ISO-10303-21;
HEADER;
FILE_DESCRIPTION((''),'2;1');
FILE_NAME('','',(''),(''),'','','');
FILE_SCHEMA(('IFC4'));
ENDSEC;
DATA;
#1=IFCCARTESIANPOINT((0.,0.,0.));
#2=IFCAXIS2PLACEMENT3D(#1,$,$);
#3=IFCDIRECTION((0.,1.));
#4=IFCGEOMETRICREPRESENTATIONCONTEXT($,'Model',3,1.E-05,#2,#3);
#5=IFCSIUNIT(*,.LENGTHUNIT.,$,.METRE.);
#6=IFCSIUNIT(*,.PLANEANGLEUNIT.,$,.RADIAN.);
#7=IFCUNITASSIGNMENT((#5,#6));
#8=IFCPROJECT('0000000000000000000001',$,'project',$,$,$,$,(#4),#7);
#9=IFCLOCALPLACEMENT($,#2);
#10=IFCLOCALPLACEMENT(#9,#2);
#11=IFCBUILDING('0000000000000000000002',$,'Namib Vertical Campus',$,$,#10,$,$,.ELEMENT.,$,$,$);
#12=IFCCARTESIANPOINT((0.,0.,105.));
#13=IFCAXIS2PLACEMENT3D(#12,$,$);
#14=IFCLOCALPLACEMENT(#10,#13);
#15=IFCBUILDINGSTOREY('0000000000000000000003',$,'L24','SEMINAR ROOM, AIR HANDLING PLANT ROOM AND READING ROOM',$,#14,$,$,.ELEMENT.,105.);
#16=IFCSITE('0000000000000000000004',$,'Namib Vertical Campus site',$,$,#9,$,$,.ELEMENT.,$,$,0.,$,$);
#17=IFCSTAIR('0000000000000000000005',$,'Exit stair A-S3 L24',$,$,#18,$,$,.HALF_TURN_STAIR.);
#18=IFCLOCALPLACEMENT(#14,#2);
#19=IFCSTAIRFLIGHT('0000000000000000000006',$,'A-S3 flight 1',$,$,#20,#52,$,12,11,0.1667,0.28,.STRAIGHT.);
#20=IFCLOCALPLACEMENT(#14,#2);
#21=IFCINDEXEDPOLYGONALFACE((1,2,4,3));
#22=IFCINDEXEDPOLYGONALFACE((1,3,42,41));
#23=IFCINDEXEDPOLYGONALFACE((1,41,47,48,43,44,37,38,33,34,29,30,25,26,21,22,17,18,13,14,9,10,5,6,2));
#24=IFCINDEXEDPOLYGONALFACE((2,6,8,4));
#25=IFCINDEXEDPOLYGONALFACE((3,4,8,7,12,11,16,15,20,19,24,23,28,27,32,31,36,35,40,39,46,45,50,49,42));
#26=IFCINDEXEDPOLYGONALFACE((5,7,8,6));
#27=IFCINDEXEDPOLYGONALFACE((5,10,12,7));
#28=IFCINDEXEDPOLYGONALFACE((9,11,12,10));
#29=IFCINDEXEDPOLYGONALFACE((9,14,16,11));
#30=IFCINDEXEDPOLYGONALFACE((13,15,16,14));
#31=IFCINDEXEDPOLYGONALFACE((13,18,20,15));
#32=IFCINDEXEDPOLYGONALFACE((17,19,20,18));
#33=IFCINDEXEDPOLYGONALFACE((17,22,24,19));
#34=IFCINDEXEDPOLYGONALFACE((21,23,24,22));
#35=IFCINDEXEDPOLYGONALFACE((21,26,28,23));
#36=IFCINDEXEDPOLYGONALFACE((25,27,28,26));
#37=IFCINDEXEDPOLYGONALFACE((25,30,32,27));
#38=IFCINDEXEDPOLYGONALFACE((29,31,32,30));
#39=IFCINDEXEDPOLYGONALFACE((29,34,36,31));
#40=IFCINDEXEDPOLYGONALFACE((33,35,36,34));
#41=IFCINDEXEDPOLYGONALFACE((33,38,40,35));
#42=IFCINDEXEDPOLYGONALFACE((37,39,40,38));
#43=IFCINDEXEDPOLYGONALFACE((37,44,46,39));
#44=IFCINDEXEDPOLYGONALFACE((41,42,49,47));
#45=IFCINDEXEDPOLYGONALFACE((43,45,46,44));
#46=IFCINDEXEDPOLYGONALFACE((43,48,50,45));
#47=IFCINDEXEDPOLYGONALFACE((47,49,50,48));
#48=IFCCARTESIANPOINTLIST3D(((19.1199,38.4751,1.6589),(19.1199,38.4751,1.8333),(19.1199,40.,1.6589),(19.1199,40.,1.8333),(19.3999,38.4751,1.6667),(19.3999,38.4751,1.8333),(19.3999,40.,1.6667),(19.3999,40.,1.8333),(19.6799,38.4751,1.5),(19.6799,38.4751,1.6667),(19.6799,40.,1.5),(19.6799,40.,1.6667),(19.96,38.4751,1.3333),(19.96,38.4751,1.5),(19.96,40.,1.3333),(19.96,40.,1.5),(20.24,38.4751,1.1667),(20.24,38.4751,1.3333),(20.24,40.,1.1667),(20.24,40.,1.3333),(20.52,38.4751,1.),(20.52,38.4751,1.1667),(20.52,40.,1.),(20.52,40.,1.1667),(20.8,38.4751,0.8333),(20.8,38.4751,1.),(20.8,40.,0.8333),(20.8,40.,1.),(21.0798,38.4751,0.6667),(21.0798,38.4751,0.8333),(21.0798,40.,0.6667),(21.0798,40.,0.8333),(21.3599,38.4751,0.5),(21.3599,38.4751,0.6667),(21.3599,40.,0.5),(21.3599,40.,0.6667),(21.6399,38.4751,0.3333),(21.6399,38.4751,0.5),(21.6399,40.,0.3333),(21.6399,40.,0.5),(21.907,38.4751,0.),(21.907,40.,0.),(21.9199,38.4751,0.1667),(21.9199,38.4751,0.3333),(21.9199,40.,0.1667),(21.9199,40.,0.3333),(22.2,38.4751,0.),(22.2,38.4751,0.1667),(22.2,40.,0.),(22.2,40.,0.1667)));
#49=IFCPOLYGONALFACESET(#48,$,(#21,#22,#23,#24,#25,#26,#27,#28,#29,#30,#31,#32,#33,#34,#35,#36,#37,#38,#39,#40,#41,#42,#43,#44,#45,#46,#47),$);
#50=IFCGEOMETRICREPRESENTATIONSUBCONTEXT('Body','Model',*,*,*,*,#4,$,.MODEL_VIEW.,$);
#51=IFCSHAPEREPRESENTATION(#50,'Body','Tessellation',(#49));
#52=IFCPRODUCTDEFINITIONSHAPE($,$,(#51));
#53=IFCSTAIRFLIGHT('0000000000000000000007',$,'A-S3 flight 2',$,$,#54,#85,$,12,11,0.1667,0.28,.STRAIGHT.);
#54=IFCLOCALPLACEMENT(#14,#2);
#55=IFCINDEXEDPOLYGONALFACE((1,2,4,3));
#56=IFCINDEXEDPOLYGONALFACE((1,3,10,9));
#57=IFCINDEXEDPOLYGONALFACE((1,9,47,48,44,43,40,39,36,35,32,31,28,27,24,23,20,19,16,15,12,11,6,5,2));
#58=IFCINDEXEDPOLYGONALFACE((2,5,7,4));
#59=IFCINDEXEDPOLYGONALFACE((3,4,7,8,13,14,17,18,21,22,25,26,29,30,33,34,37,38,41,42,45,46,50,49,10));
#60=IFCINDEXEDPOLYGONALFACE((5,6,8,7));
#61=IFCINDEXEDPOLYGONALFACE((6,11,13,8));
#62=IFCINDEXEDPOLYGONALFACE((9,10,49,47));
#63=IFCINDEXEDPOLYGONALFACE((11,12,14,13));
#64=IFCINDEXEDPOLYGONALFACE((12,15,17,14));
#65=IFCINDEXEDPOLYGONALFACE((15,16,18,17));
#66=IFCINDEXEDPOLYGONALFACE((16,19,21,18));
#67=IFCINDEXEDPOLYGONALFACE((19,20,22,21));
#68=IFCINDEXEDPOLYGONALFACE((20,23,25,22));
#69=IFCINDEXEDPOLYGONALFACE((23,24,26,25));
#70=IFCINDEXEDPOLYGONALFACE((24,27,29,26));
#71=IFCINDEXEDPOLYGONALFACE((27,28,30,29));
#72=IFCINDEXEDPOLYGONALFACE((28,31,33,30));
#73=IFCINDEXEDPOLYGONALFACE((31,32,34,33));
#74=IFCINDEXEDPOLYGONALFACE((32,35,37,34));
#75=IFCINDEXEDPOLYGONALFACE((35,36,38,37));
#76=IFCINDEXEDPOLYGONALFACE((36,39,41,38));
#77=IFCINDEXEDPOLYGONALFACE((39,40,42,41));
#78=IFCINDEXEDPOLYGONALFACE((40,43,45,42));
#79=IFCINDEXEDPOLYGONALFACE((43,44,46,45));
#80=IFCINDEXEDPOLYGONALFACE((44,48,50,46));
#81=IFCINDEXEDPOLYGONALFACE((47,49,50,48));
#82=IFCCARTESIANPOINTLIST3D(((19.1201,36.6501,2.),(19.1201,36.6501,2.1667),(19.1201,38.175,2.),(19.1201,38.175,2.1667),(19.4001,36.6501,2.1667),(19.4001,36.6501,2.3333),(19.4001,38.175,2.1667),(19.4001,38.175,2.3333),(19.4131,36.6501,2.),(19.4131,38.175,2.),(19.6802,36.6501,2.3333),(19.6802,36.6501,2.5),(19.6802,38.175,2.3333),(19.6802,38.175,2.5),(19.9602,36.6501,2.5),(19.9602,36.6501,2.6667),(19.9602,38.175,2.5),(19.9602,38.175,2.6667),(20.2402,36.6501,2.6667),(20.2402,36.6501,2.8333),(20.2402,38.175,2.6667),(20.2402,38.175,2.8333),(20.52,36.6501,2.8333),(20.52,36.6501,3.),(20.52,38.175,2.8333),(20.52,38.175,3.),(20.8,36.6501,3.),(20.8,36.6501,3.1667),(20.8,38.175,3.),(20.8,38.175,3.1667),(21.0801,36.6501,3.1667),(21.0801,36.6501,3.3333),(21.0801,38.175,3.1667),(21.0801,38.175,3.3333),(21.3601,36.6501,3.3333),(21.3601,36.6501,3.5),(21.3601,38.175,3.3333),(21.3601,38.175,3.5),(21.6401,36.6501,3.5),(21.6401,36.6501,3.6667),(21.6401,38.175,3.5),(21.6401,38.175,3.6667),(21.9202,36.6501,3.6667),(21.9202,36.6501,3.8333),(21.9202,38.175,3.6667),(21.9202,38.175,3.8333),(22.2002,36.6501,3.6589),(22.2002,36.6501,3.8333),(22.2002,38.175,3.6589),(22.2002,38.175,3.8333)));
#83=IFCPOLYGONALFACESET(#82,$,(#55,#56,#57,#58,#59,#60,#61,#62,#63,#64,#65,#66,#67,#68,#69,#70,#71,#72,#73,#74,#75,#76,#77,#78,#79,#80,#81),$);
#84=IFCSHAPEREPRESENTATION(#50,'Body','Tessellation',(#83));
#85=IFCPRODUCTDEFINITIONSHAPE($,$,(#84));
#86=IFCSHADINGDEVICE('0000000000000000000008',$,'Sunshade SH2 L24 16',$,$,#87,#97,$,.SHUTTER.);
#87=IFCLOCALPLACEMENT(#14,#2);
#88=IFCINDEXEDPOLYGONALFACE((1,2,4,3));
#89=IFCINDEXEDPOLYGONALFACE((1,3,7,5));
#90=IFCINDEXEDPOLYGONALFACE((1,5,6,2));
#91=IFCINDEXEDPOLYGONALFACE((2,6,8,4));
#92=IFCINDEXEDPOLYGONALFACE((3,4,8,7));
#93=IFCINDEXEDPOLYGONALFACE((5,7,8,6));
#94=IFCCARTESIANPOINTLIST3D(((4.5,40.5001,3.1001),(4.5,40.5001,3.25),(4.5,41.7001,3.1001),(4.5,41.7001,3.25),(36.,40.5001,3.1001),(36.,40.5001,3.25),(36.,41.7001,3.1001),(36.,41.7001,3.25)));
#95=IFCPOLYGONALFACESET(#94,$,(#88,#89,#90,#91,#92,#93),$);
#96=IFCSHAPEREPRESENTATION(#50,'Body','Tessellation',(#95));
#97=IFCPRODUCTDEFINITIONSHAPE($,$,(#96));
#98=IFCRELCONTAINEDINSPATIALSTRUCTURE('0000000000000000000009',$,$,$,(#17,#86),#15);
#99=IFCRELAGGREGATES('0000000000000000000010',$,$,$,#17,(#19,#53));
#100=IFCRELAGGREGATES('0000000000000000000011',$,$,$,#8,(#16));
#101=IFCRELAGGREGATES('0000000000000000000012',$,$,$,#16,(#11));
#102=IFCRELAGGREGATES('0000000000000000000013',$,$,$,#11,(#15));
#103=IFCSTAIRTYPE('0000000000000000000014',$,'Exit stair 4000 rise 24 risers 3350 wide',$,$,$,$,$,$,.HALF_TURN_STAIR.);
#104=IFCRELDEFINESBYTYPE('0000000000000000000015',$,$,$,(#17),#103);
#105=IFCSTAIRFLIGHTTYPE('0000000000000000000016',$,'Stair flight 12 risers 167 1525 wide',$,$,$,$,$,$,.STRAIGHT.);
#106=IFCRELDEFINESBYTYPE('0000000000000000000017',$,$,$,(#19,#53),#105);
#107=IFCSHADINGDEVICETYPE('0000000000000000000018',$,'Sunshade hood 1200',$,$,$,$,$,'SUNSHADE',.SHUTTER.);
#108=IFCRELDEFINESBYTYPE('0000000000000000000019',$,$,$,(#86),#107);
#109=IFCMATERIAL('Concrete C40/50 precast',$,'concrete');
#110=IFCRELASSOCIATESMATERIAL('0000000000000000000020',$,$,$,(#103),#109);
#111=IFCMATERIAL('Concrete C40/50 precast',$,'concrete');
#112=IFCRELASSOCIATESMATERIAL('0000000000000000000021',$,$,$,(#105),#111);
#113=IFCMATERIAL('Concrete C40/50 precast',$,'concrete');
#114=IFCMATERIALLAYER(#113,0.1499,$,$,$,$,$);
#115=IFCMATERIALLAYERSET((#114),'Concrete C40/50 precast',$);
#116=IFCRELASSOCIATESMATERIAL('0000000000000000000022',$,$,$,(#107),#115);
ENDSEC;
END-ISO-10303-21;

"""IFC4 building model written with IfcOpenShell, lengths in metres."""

from ifc_helpers import new_model, si_unit, direction, frame, origin, origin_2d, place, context, subcontext, project, spatial, polyline, rectangle, outline, extrude, material, layer, layer_set, type_object, element, aggregate, save


model = new_model("IFC4")

# Units and contexts
model_context = context("Model", 3, precision=1e-05, world=origin(), true_north=direction((0.0, 1.0)))
body_context = subcontext(model_context, "Body", "Model", "MODEL_VIEW")
ifc_project = project(units=[si_unit("LENGTHUNIT", "METRE"), si_unit("PLANEANGLEUNIT", "RADIAN")], contexts=[model_context])

# Site, building, storey
site_placement = place(None, origin())
site = spatial("IfcSite", under=ifc_project, at=site_placement, Name="Namib Vertical Campus site", CompositionType="ELEMENT", RefElevation=0.0)
building_placement = place(site_placement, origin())
building = spatial("IfcBuilding", under=site, at=building_placement, Name="Namib Vertical Campus", CompositionType="ELEMENT")
storey_placement = place(building_placement, frame((0.0, 0.0, 105.0)))
storey = spatial("IfcBuildingStorey", under=building, at=storey_placement, Name="L24", Description="SEMINAR ROOM, AIR HANDLING PLANT ROOM AND READING ROOM", CompositionType="ELEMENT", Elevation=105.0)

# Stair, stair flights
ifc_material_1 = material(Name="Concrete C40/50 precast", Category="concrete")
stair_type = type_object("IfcStairType", Name="Exit stair 4000 rise 24 risers 3350 wide", PredefinedType="HALF_TURN_STAIR", material=ifc_material_1)
stair_placement = place(storey_placement, origin())
stair = element("IfcStair", 1, at=stair_placement, inside=storey, type_object=stair_type, Name="Exit stair A-S3 L24", PredefinedType="HALF_TURN_STAIR")
ifc_material_2 = material(Name="Concrete C40/50 precast", Category="concrete")
stair_flight_type = type_object("IfcStairFlightType", Name="Stair flight 12 risers 167 1525 wide", PredefinedType="STRAIGHT", material=ifc_material_2)
stair_flight_1_placement = place(storey_placement, frame((22.2, 39.2375, 0.0), z_axis=(0.0, 0.0, 1.0), x_axis=(-1.0, 0.0, 0.0)))
stair_flight_1 = element("IfcStairFlight", 2, at=stair_flight_1_placement, type_object=stair_flight_type, Name="A-S3 flight 1", NumberOfRisers=12, NumberOfTreads=11, PredefinedType="STRAIGHT", RiserHeight=0.1667, TreadLength=0.28, context=body_context, shape_type="SweptSolid", body=[
    extrude(outline(polyline([(0.0, 0.0), (0.0, 0.1667), (0.28, 0.1667), (0.28, 0.3333), (0.5601, 0.3333), (0.5601, 0.5), (0.8401, 0.5), (0.8401, 0.6667), (1.1201, 0.6667), (1.1201, 0.8333), (1.3999, 0.8333), (1.3999, 1.0), (1.6799, 1.0), (1.6799, 1.1667), (1.96, 1.1667), (1.96, 1.3333), (2.24, 1.3333), (2.24, 1.5), (2.52, 1.5), (2.52, 1.6667), (2.8, 1.6667), (2.8, 1.8333), (3.0801, 1.8333), (3.0801, 2.0), (3.0801, 1.6589), (0.293, 0.0), (0.0, 0.0)])), frame((0.0, 0.7625, 0.0), z_axis=(0.0, -1.0, 0.0), x_axis=(1.0, 0.0, 0.0)), (0.0, 0.0, 1.0), 1.5249),
])
stair_flight_2_placement = place(storey_placement, frame((19.1201, 37.4126, 2.0), z_axis=(0.0, 0.0, 1.0), x_axis=(1.0, 0.0, 0.0)))
stair_flight_2 = element("IfcStairFlight", 3, at=stair_flight_2_placement, type_object=stair_flight_type, Name="A-S3 flight 2", NumberOfRisers=12, NumberOfTreads=11, PredefinedType="STRAIGHT", RiserHeight=0.1667, TreadLength=0.28, context=body_context, shape_type="SweptSolid", body=[
    extrude(outline(polyline([(0.0, 0.0), (0.0, 0.1667), (0.28, 0.1667), (0.28, 0.3333), (0.5601, 0.3333), (0.5601, 0.5), (0.8401, 0.5), (0.8401, 0.6667), (1.1201, 0.6667), (1.1201, 0.8333), (1.3999, 0.8333), (1.3999, 1.0), (1.6799, 1.0), (1.6799, 1.1667), (1.96, 1.1667), (1.96, 1.3333), (2.24, 1.3333), (2.24, 1.5), (2.52, 1.5), (2.52, 1.6667), (2.8, 1.6667), (2.8, 1.8333), (3.0801, 1.8333), (3.0801, 2.0), (3.0801, 1.6589), (0.293, 0.0), (0.0, 0.0)])), frame((0.0, 0.7625, 0.0), z_axis=(0.0, -1.0, 0.0), x_axis=(1.0, 0.0, 0.0)), (0.0, 0.0, 1.0), 1.5249),
])
aggregate(stair, [stair_flight_1, stair_flight_2])

# Shading device
ifc_material_3 = material(Name="Concrete C40/50 precast", Category="concrete")
ifc_layer_1 = layer(ifc_material_3, 0.1499)
ifc_layer_set_1 = layer_set([ifc_layer_1], Name="Concrete C40/50 precast")
shading_device_type = type_object("IfcShadingDeviceType", Name="Sunshade hood 1200", ElementType="SUNSHADE", PredefinedType="SHUTTER", material=ifc_layer_set_1)
shading_device_placement = place(storey_placement, frame((20.25, 41.1001, 3.1001), z_axis=(0.0, 0.0, 1.0), x_axis=(-1.0, 0.0, 0.0)))
element("IfcShadingDevice", 4, at=shading_device_placement, inside=storey, type_object=shading_device_type, Name="Sunshade SH2 L24 16", PredefinedType="SHUTTER", context=body_context, shape_type="SweptSolid", body=[
    extrude(rectangle(XDim=31.5, YDim=1.2, at=origin_2d()), origin(), (0.0, 0.0, 1.0), 0.1499),
])

save(model, "model.ifc")
